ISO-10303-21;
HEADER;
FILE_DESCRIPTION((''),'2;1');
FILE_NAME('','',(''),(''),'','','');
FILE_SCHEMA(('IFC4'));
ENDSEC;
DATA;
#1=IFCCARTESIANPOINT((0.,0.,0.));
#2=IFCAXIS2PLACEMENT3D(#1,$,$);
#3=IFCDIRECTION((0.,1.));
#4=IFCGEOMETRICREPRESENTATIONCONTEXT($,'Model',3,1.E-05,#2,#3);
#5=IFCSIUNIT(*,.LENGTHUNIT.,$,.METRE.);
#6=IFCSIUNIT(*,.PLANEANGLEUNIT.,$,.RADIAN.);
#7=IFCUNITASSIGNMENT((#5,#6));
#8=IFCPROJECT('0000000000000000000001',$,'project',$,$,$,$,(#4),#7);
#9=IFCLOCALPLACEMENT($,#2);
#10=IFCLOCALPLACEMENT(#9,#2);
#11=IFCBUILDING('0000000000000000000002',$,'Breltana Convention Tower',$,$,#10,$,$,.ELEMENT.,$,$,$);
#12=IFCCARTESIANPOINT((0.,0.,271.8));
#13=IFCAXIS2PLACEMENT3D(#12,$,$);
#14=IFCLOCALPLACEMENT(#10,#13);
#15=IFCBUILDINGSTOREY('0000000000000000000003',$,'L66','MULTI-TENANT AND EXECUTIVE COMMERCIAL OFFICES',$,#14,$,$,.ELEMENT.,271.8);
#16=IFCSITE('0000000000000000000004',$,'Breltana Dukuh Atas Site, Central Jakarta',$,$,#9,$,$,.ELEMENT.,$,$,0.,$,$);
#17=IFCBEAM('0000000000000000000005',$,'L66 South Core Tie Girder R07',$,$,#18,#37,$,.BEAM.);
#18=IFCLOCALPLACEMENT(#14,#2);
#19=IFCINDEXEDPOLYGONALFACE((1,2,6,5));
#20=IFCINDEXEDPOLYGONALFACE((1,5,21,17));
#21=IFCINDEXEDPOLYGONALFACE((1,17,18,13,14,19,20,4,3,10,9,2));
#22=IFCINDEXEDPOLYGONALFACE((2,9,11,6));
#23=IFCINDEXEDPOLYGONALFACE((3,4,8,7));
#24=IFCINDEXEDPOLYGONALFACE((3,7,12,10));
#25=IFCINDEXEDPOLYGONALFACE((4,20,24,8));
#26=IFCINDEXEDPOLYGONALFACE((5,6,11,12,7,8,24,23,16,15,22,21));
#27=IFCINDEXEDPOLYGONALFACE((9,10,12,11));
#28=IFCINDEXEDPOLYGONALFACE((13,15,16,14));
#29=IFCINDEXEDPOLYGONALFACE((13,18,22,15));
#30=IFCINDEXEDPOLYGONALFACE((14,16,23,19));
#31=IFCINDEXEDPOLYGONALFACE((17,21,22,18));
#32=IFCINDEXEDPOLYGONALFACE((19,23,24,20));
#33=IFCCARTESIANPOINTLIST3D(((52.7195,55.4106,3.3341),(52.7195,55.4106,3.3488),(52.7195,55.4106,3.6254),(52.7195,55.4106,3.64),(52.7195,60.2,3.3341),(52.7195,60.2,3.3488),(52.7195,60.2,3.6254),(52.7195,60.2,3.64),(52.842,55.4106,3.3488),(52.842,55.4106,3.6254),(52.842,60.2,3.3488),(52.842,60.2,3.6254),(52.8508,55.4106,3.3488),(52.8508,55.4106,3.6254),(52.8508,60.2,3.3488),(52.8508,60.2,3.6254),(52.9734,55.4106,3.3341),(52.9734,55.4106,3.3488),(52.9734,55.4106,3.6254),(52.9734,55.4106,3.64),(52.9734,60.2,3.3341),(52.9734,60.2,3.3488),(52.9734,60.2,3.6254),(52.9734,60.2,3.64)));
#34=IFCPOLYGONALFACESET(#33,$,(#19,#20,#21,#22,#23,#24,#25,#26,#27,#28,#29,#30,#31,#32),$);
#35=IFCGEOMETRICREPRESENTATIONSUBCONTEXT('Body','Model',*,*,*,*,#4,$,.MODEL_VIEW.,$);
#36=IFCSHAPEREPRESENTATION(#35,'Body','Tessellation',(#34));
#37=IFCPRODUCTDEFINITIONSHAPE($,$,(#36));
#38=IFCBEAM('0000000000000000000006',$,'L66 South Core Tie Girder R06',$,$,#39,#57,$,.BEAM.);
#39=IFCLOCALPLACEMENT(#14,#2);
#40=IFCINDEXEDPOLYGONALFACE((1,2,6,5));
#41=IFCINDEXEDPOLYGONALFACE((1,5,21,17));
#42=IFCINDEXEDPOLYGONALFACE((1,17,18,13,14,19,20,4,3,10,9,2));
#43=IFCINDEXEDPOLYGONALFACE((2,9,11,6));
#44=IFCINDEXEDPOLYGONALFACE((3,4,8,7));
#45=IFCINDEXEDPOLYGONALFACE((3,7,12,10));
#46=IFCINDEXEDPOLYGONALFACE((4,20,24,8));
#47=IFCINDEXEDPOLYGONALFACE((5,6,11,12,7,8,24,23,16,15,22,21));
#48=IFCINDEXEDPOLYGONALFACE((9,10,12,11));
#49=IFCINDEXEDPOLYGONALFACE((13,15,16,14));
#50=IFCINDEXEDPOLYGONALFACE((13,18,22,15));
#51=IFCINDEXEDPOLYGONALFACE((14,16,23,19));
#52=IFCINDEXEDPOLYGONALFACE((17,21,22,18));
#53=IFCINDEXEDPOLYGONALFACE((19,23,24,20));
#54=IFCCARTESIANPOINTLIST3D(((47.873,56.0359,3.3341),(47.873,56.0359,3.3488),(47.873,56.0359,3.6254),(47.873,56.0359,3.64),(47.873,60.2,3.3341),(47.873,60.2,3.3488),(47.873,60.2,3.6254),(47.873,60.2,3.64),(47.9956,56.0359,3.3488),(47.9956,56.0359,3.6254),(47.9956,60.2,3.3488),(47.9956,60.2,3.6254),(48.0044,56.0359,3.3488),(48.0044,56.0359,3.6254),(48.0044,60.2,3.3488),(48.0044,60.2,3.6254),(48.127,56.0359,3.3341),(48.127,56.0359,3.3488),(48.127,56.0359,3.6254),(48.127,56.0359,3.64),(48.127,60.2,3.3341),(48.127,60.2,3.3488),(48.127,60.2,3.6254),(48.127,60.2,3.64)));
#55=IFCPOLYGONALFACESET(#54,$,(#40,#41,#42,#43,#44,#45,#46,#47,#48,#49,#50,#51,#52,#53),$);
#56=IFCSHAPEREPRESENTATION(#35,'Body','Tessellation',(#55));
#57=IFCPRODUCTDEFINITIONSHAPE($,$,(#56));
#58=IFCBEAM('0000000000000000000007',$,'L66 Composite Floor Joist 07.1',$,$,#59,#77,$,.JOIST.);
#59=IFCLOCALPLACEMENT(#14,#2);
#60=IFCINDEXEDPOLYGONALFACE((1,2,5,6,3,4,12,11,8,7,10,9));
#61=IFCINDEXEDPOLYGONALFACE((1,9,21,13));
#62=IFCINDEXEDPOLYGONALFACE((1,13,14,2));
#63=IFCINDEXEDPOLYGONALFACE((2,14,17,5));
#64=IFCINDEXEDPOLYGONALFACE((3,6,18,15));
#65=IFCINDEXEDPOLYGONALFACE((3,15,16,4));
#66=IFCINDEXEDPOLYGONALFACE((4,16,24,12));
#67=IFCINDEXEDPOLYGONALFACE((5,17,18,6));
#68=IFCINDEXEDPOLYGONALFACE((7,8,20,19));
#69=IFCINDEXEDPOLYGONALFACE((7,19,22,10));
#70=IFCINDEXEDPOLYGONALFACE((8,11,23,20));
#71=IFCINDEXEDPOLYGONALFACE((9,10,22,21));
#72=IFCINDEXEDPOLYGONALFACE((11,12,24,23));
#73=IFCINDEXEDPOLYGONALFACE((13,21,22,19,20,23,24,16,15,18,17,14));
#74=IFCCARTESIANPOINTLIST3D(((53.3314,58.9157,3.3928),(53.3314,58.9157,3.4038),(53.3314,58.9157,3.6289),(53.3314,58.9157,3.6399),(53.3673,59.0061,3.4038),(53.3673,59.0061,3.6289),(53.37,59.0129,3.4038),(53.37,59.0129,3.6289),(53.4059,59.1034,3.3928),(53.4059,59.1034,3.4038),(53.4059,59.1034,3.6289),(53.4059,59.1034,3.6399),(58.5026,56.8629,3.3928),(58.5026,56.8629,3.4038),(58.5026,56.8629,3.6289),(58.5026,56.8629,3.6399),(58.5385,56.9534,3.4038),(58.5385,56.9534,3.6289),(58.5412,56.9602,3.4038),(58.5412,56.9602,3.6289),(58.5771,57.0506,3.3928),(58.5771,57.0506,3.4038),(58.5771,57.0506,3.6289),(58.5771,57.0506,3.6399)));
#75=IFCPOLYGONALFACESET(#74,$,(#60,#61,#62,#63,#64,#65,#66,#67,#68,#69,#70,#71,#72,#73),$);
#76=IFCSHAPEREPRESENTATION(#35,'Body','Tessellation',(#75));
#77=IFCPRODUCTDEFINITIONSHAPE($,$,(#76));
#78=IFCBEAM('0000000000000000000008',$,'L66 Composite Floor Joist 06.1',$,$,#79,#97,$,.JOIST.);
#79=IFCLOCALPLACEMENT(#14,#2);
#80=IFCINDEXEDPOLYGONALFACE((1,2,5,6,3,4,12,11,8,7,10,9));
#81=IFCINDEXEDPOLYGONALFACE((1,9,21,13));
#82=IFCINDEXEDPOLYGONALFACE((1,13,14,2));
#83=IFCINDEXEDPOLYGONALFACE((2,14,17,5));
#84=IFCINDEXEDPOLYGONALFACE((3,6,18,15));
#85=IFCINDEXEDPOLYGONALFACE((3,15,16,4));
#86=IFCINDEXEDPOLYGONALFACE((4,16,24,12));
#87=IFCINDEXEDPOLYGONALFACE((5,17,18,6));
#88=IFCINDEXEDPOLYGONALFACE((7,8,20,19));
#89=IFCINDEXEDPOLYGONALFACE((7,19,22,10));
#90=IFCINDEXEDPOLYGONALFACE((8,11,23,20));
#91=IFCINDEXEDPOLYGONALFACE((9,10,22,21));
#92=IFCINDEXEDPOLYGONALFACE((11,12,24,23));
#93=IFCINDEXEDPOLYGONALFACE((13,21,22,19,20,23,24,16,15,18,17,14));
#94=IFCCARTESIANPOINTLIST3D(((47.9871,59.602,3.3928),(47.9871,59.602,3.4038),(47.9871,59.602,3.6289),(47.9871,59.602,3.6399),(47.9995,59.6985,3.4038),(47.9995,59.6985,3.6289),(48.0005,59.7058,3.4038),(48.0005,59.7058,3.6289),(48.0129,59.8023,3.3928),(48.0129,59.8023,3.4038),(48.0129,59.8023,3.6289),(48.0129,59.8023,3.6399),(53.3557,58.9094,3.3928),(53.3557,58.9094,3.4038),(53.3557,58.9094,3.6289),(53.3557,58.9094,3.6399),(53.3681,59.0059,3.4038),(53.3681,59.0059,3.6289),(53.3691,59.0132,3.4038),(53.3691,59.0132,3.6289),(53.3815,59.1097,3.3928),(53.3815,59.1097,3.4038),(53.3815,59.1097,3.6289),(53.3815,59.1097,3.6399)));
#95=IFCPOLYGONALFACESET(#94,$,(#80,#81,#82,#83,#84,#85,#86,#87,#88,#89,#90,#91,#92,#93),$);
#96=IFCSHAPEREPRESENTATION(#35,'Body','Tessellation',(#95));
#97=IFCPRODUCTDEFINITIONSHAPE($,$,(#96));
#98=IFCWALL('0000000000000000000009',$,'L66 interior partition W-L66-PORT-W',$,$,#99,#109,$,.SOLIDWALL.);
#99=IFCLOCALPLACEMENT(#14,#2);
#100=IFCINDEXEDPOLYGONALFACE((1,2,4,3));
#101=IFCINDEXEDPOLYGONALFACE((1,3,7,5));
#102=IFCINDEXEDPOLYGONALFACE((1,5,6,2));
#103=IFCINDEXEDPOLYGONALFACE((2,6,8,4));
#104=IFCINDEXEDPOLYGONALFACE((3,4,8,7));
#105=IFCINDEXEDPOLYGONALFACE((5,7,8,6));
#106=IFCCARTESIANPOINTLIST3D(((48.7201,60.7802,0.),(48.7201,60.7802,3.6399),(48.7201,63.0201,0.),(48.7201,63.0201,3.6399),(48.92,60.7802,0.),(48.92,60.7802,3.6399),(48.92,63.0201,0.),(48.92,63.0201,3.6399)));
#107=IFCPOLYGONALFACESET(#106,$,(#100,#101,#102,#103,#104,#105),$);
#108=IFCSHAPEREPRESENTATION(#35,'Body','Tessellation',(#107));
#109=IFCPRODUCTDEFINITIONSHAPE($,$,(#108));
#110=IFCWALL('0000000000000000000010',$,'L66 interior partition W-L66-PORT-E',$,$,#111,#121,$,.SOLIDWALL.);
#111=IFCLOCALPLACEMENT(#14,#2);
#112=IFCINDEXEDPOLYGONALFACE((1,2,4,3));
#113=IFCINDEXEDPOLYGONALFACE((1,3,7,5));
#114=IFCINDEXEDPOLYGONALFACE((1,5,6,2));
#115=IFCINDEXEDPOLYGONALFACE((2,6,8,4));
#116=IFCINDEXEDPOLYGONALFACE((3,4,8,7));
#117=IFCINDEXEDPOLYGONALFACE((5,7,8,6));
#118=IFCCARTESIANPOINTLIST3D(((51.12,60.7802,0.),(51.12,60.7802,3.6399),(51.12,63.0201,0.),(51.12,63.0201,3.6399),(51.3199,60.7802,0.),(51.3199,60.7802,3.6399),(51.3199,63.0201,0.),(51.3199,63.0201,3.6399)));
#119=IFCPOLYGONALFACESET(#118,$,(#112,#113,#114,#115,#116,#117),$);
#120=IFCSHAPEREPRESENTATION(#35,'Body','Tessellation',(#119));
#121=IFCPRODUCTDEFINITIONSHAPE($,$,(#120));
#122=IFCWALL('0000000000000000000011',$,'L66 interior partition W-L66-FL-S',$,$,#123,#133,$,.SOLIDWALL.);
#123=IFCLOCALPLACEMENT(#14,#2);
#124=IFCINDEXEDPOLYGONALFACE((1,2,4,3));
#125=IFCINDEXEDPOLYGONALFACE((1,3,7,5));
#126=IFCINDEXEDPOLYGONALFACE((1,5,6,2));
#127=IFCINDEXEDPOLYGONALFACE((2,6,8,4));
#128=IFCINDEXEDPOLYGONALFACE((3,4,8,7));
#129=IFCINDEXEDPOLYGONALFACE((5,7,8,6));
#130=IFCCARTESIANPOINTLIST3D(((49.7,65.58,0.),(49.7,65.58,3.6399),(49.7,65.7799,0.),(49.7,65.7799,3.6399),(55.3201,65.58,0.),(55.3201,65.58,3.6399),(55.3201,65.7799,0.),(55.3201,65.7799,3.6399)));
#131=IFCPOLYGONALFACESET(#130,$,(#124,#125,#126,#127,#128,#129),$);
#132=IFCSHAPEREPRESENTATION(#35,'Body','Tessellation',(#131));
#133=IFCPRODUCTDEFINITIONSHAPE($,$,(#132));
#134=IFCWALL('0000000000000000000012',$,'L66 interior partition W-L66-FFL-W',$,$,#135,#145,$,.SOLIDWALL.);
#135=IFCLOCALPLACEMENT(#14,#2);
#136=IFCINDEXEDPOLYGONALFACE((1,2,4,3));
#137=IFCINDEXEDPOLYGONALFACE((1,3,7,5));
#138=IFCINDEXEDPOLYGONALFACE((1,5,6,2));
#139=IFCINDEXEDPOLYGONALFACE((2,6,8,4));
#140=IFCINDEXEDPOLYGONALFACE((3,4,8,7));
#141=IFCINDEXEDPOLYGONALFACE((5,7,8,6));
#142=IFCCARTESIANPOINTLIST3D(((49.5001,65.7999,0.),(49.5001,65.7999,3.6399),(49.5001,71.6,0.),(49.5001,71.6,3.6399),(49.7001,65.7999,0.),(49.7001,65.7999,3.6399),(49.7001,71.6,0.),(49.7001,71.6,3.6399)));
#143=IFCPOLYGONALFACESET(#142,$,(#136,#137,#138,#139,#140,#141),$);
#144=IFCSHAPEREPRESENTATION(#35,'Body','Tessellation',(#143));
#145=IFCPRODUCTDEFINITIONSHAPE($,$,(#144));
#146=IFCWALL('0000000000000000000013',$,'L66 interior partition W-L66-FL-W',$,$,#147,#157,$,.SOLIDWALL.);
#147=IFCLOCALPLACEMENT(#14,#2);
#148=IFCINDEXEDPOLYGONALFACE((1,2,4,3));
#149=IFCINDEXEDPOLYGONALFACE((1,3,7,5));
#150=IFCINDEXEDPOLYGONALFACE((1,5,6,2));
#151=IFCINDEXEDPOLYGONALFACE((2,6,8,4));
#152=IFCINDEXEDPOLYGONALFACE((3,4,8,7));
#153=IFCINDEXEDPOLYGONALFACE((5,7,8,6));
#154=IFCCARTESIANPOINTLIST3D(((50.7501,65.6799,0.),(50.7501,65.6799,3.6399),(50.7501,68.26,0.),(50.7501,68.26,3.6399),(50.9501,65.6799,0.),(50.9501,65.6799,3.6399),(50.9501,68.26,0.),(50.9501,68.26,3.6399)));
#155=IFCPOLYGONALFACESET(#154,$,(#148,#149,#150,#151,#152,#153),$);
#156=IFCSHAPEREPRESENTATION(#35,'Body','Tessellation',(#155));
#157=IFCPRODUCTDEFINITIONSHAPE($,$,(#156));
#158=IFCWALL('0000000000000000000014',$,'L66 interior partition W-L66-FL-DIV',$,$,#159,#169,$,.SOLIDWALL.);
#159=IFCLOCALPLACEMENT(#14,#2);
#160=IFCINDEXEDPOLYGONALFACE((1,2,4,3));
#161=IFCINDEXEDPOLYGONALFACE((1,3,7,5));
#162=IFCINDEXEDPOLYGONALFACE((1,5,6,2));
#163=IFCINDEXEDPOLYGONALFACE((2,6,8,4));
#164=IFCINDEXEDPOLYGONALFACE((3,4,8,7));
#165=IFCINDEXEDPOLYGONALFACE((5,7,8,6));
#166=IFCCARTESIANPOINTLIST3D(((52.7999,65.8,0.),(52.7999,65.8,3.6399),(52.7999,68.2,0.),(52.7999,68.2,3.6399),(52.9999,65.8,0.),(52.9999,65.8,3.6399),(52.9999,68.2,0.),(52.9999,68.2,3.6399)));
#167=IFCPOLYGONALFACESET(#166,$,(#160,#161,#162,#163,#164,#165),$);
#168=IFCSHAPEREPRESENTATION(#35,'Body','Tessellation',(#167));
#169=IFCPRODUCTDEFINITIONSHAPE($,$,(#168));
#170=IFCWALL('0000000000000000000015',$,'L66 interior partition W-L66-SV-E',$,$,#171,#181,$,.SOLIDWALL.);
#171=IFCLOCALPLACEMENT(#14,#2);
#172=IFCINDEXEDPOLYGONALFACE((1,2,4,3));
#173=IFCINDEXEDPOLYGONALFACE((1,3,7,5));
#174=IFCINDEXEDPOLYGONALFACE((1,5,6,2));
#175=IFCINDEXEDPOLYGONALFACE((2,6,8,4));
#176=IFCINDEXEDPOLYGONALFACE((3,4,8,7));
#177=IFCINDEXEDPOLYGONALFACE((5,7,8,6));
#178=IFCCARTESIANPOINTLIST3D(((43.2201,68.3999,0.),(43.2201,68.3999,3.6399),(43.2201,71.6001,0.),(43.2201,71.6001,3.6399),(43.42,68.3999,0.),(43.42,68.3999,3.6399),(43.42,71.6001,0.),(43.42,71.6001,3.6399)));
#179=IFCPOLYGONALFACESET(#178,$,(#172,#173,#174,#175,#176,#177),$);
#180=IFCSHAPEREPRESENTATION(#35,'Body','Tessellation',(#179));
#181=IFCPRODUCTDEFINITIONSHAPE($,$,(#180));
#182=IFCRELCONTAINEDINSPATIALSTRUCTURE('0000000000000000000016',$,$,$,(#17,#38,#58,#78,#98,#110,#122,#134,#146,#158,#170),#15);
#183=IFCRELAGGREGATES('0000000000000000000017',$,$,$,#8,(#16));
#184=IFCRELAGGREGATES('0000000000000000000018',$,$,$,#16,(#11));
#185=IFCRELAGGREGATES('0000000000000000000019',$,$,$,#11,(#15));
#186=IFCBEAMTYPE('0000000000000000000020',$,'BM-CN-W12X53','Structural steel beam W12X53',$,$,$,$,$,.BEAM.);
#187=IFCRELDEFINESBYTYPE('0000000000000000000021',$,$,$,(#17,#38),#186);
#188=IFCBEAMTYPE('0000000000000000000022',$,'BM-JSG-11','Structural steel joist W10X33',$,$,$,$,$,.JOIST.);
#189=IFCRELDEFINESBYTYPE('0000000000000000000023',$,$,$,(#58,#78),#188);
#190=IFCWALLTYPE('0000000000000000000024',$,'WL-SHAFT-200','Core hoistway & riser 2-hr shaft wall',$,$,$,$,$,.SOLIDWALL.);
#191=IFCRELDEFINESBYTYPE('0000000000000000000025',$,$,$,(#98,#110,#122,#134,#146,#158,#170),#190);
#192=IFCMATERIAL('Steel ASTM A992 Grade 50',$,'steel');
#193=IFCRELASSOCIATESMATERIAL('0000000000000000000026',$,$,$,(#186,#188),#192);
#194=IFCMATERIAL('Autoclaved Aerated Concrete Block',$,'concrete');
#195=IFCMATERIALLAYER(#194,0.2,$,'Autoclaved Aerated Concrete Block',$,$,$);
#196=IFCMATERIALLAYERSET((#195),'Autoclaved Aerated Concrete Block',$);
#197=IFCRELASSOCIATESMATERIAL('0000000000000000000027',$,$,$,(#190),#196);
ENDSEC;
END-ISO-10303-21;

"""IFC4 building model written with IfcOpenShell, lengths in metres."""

from ifc_helpers import new_model, si_unit, direction, frame, frame_2d, origin, origin_2d, place, context, subcontext, project, spatial, rectangle, i_section, extrude, source, transform, mapped, material, layer, layer_set, material_profile, profile_set, type_object, element, save


model = new_model("IFC4")

# Units and contexts
model_context = context("Model", 3, precision=1e-05, world=origin(), true_north=direction((0.0, 1.0)))
body_context = subcontext(model_context, "Body", "Model", "MODEL_VIEW")
ifc_project = project(units=[si_unit("LENGTHUNIT", "METRE"), si_unit("PLANEANGLEUNIT", "RADIAN")], contexts=[model_context])

# Site, building, storey
site_placement = place(None, origin())
site = spatial("IfcSite", under=ifc_project, at=site_placement, Name="Breltana Dukuh Atas Site, Central Jakarta", CompositionType="ELEMENT", RefElevation=0.0)
building_placement = place(site_placement, origin())
building = spatial("IfcBuilding", under=site, at=building_placement, Name="Breltana Convention Tower", CompositionType="ELEMENT")
storey_placement = place(building_placement, frame((0.0, 0.0, 271.8)))
storey = spatial("IfcBuildingStorey", under=building, at=storey_placement, Name="L66", Description="MULTI-TENANT AND EXECUTIVE COMMERCIAL OFFICES", CompositionType="ELEMENT", Elevation=271.8)

# Beams
ifc_material_1 = material(Name="Steel ASTM A992 Grade 50", Category="steel")
ifc_material_profile_1 = material_profile(ifc_material_1, i_section(OverallWidth=0.2539, OverallDepth=0.3059, WebThickness=0.0088, FlangeThickness=0.0146, at=origin_2d()), Name="W12X53")
ifc_profile_set_1 = profile_set([ifc_material_profile_1], Name="Steel ASTM A992 Grade 50")
beam_type_1 = type_object("IfcBeamType", Name="BM-CN-W12X53", Description="Structural steel beam W12X53", PredefinedType="BEAM", material=ifc_profile_set_1)
shared_shape_1 = source(origin(), body_context, "Body", "SweptSolid", [
    extrude(i_section(OverallWidth=0.2539, OverallDepth=0.3059, WebThickness=0.0088, FlangeThickness=0.0146, at=origin_2d()), origin(), (0.0, 0.0, 1.0), 4.7893),
])
beam_1_placement = place(storey_placement, frame((52.8464, 60.2, 3.4871), z_axis=(0.0, -1.0, 0.0), x_axis=(1.0, 0.0, 0.0)))
element("IfcBeam", 1, at=beam_1_placement, inside=storey, type_object=beam_type_1, Name="L66 South Core Tie Girder R07", PredefinedType="BEAM", context=body_context, shape_type="MappedRepresentation", body=[
    mapped(shared_shape_1, transform((0.0, 0.0, 0.0), scale=1.0)),
])
shared_shape_2 = source(origin(), body_context, "Body", "SweptSolid", [
    extrude(i_section(OverallWidth=0.2539, OverallDepth=0.3059, WebThickness=0.0088, FlangeThickness=0.0146, at=origin_2d()), origin(), (0.0, 0.0, 1.0), 4.1641),
])
beam_2_placement = place(storey_placement, frame((48.0, 60.2, 3.4871), z_axis=(0.0, -1.0, 0.0), x_axis=(1.0, 0.0, 0.0)))
element("IfcBeam", 2, at=beam_2_placement, inside=storey, type_object=beam_type_1, Name="L66 South Core Tie Girder R06", PredefinedType="BEAM", context=body_context, shape_type="MappedRepresentation", body=[
    mapped(shared_shape_2, transform((0.0, 0.0, 0.0), scale=1.0)),
])
ifc_material_profile_2 = material_profile(ifc_material_1, i_section(OverallWidth=0.2019, OverallDepth=0.2471, WebThickness=0.0073, FlangeThickness=0.011, at=origin_2d()), Name="W10X33")
ifc_profile_set_2 = profile_set([ifc_material_profile_2], Name="Steel ASTM A992 Grade 50")
beam_type_2 = type_object("IfcBeamType", Name="BM-JSG-11", Description="Structural steel joist W10X33", PredefinedType="JOIST", material=ifc_profile_set_2)
shared_shape_3 = source(origin(), body_context, "Body", "SweptSolid", [
    extrude(i_section(OverallWidth=0.2019, OverallDepth=0.2471, WebThickness=0.0073, FlangeThickness=0.011, at=origin_2d()), origin(), (0.0, 0.0, 1.0), 5.5637),
])
beam_3_placement = place(storey_placement, frame((53.3687, 59.0095, 3.5164), z_axis=(0.929448, -0.368953, 0.0), x_axis=(0.368953, 0.929448, 0.0)))
element("IfcBeam", 3, at=beam_3_placement, inside=storey, type_object=beam_type_2, Name="L66 Composite Floor Joist 07.1", PredefinedType="JOIST", context=body_context, shape_type="MappedRepresentation", body=[
    mapped(shared_shape_3, transform((0.0, 0.0, 0.0), scale=1.0)),
])
shared_shape_4 = source(origin(), body_context, "Body", "SweptSolid", [
    extrude(i_section(OverallWidth=0.2019, OverallDepth=0.2471, WebThickness=0.0073, FlangeThickness=0.011, at=origin_2d()), origin(), (0.0, 0.0, 1.0), 5.4131),
])
beam_4_placement = place(storey_placement, frame((48.0, 59.7021, 3.5164), z_axis=(0.99178, -0.127953, 0.0), x_axis=(0.127953, 0.99178, 0.0)))
element("IfcBeam", 4, at=beam_4_placement, inside=storey, type_object=beam_type_2, Name="L66 Composite Floor Joist 06.1", PredefinedType="JOIST", context=body_context, shape_type="MappedRepresentation", body=[
    mapped(shared_shape_4, transform((0.0, 0.0, 0.0), scale=1.0)),
])

# Walls
ifc_material_2 = material(Name="Autoclaved Aerated Concrete Block", Category="concrete")
ifc_layer = layer(ifc_material_2, 0.2, Name="Autoclaved Aerated Concrete Block")
ifc_layer_set = layer_set([ifc_layer], Name="Autoclaved Aerated Concrete Block")
wall_type = type_object("IfcWallType", Name="WL-SHAFT-200", Description="Core hoistway & riser 2-hr shaft wall", PredefinedType="SOLIDWALL", material=ifc_layer_set)
shared_shape_5 = source(origin(), body_context, "Body", "SweptSolid", [
    extrude(rectangle(XDim=2.24, YDim=0.2, at=frame_2d((1.1201, 0.0))), origin(), (0.0, 0.0, 1.0), 3.6399),
])
for number, where, z_axis, x_axis, name in (
    (5, (48.8201, 60.78, 0.0), (0.0, 0.0, 1.0), (0.0, 1.0, 0.0), "L66 interior partition W-L66-PORT-W"),
    (6, (51.22, 60.78, 0.0), (0.0, 0.0, 1.0), (0.0, 1.0, 0.0), "L66 interior partition W-L66-PORT-E"),
):
    element("IfcWall", number, at=place(storey_placement, frame(where, z_axis=z_axis, x_axis=x_axis)), inside=storey, type_object=wall_type, Name=name, PredefinedType="SOLIDWALL", context=body_context, shape_type="MappedRepresentation", body=[
        mapped(shared_shape_5, transform((0.0, 0.0, 0.0), scale=1.0)),
    ])

# Shared definitions
shared_shape_6 = source(origin(), body_context, "Body", "SweptSolid", [
    extrude(rectangle(XDim=5.6201, YDim=0.2, at=frame_2d((2.8101, 0.0))), origin(), (0.0, 0.0, 1.0), 3.6399),
])

# Walls
wall_1_placement = place(storey_placement, frame((49.7, 65.6799, 0.0), z_axis=(0.0, 0.0, 1.0), x_axis=(1.0, 0.0, 0.0)))
element("IfcWall", 7, at=wall_1_placement, inside=storey, type_object=wall_type, Name="L66 interior partition W-L66-FL-S", PredefinedType="SOLIDWALL", context=body_context, shape_type="MappedRepresentation", body=[
    mapped(shared_shape_6, transform((0.0, 0.0, 0.0), scale=1.0)),
])
shared_shape_7 = source(origin(), body_context, "Body", "SweptSolid", [
    extrude(rectangle(XDim=5.8, YDim=0.2, at=frame_2d((2.8999, 0.0))), origin(), (0.0, 0.0, 1.0), 3.6399),
])
wall_2_placement = place(storey_placement, frame((49.6001, 65.8, 0.0), z_axis=(0.0, 0.0, 1.0), x_axis=(0.0, 1.0, 0.0)))
element("IfcWall", 8, at=wall_2_placement, inside=storey, type_object=wall_type, Name="L66 interior partition W-L66-FFL-W", PredefinedType="SOLIDWALL", context=body_context, shape_type="MappedRepresentation", body=[
    mapped(shared_shape_7, transform((0.0, 0.0, 0.0), scale=1.0)),
])
shared_shape_8 = source(origin(), body_context, "Body", "SweptSolid", [
    extrude(rectangle(XDim=2.5801, YDim=0.2, at=frame_2d((1.29, 0.0))), origin(), (0.0, 0.0, 1.0), 3.6399),
])
wall_3_placement = place(storey_placement, frame((50.8501, 65.6799, 0.0), z_axis=(0.0, 0.0, 1.0), x_axis=(0.0, 1.0, 0.0)))
element("IfcWall", 9, at=wall_3_placement, inside=storey, type_object=wall_type, Name="L66 interior partition W-L66-FL-W", PredefinedType="SOLIDWALL", context=body_context, shape_type="MappedRepresentation", body=[
    mapped(shared_shape_8, transform((0.0, 0.0, 0.0), scale=1.0)),
])
shared_shape_9 = source(origin(), body_context, "Body", "SweptSolid", [
    extrude(rectangle(XDim=2.3999, YDim=0.2, at=frame_2d((1.2, 0.0))), origin(), (0.0, 0.0, 1.0), 3.6399),
])
wall_4_placement = place(storey_placement, frame((52.8999, 65.8, 0.0), z_axis=(0.0, 0.0, 1.0), x_axis=(0.0, 1.0, 0.0)))
element("IfcWall", 10, at=wall_4_placement, inside=storey, type_object=wall_type, Name="L66 interior partition W-L66-FL-DIV", PredefinedType="SOLIDWALL", context=body_context, shape_type="MappedRepresentation", body=[
    mapped(shared_shape_9, transform((0.0, 0.0, 0.0), scale=1.0)),
])
shared_shape_10 = source(origin(), body_context, "Body", "SweptSolid", [
    extrude(rectangle(XDim=3.2002, YDim=0.2, at=frame_2d((1.6001, 0.0))), origin(), (0.0, 0.0, 1.0), 3.6399),
])
wall_5_placement = place(storey_placement, frame((43.3201, 68.3999, 0.0), z_axis=(0.0, 0.0, 1.0), x_axis=(0.0, 1.0, 0.0)))
element("IfcWall", 11, at=wall_5_placement, inside=storey, type_object=wall_type, Name="L66 interior partition W-L66-SV-E", PredefinedType="SOLIDWALL", context=body_context, shape_type="MappedRepresentation", body=[
    mapped(shared_shape_10, transform((0.0, 0.0, 0.0), scale=1.0)),
])

save(model, "model.ifc")
